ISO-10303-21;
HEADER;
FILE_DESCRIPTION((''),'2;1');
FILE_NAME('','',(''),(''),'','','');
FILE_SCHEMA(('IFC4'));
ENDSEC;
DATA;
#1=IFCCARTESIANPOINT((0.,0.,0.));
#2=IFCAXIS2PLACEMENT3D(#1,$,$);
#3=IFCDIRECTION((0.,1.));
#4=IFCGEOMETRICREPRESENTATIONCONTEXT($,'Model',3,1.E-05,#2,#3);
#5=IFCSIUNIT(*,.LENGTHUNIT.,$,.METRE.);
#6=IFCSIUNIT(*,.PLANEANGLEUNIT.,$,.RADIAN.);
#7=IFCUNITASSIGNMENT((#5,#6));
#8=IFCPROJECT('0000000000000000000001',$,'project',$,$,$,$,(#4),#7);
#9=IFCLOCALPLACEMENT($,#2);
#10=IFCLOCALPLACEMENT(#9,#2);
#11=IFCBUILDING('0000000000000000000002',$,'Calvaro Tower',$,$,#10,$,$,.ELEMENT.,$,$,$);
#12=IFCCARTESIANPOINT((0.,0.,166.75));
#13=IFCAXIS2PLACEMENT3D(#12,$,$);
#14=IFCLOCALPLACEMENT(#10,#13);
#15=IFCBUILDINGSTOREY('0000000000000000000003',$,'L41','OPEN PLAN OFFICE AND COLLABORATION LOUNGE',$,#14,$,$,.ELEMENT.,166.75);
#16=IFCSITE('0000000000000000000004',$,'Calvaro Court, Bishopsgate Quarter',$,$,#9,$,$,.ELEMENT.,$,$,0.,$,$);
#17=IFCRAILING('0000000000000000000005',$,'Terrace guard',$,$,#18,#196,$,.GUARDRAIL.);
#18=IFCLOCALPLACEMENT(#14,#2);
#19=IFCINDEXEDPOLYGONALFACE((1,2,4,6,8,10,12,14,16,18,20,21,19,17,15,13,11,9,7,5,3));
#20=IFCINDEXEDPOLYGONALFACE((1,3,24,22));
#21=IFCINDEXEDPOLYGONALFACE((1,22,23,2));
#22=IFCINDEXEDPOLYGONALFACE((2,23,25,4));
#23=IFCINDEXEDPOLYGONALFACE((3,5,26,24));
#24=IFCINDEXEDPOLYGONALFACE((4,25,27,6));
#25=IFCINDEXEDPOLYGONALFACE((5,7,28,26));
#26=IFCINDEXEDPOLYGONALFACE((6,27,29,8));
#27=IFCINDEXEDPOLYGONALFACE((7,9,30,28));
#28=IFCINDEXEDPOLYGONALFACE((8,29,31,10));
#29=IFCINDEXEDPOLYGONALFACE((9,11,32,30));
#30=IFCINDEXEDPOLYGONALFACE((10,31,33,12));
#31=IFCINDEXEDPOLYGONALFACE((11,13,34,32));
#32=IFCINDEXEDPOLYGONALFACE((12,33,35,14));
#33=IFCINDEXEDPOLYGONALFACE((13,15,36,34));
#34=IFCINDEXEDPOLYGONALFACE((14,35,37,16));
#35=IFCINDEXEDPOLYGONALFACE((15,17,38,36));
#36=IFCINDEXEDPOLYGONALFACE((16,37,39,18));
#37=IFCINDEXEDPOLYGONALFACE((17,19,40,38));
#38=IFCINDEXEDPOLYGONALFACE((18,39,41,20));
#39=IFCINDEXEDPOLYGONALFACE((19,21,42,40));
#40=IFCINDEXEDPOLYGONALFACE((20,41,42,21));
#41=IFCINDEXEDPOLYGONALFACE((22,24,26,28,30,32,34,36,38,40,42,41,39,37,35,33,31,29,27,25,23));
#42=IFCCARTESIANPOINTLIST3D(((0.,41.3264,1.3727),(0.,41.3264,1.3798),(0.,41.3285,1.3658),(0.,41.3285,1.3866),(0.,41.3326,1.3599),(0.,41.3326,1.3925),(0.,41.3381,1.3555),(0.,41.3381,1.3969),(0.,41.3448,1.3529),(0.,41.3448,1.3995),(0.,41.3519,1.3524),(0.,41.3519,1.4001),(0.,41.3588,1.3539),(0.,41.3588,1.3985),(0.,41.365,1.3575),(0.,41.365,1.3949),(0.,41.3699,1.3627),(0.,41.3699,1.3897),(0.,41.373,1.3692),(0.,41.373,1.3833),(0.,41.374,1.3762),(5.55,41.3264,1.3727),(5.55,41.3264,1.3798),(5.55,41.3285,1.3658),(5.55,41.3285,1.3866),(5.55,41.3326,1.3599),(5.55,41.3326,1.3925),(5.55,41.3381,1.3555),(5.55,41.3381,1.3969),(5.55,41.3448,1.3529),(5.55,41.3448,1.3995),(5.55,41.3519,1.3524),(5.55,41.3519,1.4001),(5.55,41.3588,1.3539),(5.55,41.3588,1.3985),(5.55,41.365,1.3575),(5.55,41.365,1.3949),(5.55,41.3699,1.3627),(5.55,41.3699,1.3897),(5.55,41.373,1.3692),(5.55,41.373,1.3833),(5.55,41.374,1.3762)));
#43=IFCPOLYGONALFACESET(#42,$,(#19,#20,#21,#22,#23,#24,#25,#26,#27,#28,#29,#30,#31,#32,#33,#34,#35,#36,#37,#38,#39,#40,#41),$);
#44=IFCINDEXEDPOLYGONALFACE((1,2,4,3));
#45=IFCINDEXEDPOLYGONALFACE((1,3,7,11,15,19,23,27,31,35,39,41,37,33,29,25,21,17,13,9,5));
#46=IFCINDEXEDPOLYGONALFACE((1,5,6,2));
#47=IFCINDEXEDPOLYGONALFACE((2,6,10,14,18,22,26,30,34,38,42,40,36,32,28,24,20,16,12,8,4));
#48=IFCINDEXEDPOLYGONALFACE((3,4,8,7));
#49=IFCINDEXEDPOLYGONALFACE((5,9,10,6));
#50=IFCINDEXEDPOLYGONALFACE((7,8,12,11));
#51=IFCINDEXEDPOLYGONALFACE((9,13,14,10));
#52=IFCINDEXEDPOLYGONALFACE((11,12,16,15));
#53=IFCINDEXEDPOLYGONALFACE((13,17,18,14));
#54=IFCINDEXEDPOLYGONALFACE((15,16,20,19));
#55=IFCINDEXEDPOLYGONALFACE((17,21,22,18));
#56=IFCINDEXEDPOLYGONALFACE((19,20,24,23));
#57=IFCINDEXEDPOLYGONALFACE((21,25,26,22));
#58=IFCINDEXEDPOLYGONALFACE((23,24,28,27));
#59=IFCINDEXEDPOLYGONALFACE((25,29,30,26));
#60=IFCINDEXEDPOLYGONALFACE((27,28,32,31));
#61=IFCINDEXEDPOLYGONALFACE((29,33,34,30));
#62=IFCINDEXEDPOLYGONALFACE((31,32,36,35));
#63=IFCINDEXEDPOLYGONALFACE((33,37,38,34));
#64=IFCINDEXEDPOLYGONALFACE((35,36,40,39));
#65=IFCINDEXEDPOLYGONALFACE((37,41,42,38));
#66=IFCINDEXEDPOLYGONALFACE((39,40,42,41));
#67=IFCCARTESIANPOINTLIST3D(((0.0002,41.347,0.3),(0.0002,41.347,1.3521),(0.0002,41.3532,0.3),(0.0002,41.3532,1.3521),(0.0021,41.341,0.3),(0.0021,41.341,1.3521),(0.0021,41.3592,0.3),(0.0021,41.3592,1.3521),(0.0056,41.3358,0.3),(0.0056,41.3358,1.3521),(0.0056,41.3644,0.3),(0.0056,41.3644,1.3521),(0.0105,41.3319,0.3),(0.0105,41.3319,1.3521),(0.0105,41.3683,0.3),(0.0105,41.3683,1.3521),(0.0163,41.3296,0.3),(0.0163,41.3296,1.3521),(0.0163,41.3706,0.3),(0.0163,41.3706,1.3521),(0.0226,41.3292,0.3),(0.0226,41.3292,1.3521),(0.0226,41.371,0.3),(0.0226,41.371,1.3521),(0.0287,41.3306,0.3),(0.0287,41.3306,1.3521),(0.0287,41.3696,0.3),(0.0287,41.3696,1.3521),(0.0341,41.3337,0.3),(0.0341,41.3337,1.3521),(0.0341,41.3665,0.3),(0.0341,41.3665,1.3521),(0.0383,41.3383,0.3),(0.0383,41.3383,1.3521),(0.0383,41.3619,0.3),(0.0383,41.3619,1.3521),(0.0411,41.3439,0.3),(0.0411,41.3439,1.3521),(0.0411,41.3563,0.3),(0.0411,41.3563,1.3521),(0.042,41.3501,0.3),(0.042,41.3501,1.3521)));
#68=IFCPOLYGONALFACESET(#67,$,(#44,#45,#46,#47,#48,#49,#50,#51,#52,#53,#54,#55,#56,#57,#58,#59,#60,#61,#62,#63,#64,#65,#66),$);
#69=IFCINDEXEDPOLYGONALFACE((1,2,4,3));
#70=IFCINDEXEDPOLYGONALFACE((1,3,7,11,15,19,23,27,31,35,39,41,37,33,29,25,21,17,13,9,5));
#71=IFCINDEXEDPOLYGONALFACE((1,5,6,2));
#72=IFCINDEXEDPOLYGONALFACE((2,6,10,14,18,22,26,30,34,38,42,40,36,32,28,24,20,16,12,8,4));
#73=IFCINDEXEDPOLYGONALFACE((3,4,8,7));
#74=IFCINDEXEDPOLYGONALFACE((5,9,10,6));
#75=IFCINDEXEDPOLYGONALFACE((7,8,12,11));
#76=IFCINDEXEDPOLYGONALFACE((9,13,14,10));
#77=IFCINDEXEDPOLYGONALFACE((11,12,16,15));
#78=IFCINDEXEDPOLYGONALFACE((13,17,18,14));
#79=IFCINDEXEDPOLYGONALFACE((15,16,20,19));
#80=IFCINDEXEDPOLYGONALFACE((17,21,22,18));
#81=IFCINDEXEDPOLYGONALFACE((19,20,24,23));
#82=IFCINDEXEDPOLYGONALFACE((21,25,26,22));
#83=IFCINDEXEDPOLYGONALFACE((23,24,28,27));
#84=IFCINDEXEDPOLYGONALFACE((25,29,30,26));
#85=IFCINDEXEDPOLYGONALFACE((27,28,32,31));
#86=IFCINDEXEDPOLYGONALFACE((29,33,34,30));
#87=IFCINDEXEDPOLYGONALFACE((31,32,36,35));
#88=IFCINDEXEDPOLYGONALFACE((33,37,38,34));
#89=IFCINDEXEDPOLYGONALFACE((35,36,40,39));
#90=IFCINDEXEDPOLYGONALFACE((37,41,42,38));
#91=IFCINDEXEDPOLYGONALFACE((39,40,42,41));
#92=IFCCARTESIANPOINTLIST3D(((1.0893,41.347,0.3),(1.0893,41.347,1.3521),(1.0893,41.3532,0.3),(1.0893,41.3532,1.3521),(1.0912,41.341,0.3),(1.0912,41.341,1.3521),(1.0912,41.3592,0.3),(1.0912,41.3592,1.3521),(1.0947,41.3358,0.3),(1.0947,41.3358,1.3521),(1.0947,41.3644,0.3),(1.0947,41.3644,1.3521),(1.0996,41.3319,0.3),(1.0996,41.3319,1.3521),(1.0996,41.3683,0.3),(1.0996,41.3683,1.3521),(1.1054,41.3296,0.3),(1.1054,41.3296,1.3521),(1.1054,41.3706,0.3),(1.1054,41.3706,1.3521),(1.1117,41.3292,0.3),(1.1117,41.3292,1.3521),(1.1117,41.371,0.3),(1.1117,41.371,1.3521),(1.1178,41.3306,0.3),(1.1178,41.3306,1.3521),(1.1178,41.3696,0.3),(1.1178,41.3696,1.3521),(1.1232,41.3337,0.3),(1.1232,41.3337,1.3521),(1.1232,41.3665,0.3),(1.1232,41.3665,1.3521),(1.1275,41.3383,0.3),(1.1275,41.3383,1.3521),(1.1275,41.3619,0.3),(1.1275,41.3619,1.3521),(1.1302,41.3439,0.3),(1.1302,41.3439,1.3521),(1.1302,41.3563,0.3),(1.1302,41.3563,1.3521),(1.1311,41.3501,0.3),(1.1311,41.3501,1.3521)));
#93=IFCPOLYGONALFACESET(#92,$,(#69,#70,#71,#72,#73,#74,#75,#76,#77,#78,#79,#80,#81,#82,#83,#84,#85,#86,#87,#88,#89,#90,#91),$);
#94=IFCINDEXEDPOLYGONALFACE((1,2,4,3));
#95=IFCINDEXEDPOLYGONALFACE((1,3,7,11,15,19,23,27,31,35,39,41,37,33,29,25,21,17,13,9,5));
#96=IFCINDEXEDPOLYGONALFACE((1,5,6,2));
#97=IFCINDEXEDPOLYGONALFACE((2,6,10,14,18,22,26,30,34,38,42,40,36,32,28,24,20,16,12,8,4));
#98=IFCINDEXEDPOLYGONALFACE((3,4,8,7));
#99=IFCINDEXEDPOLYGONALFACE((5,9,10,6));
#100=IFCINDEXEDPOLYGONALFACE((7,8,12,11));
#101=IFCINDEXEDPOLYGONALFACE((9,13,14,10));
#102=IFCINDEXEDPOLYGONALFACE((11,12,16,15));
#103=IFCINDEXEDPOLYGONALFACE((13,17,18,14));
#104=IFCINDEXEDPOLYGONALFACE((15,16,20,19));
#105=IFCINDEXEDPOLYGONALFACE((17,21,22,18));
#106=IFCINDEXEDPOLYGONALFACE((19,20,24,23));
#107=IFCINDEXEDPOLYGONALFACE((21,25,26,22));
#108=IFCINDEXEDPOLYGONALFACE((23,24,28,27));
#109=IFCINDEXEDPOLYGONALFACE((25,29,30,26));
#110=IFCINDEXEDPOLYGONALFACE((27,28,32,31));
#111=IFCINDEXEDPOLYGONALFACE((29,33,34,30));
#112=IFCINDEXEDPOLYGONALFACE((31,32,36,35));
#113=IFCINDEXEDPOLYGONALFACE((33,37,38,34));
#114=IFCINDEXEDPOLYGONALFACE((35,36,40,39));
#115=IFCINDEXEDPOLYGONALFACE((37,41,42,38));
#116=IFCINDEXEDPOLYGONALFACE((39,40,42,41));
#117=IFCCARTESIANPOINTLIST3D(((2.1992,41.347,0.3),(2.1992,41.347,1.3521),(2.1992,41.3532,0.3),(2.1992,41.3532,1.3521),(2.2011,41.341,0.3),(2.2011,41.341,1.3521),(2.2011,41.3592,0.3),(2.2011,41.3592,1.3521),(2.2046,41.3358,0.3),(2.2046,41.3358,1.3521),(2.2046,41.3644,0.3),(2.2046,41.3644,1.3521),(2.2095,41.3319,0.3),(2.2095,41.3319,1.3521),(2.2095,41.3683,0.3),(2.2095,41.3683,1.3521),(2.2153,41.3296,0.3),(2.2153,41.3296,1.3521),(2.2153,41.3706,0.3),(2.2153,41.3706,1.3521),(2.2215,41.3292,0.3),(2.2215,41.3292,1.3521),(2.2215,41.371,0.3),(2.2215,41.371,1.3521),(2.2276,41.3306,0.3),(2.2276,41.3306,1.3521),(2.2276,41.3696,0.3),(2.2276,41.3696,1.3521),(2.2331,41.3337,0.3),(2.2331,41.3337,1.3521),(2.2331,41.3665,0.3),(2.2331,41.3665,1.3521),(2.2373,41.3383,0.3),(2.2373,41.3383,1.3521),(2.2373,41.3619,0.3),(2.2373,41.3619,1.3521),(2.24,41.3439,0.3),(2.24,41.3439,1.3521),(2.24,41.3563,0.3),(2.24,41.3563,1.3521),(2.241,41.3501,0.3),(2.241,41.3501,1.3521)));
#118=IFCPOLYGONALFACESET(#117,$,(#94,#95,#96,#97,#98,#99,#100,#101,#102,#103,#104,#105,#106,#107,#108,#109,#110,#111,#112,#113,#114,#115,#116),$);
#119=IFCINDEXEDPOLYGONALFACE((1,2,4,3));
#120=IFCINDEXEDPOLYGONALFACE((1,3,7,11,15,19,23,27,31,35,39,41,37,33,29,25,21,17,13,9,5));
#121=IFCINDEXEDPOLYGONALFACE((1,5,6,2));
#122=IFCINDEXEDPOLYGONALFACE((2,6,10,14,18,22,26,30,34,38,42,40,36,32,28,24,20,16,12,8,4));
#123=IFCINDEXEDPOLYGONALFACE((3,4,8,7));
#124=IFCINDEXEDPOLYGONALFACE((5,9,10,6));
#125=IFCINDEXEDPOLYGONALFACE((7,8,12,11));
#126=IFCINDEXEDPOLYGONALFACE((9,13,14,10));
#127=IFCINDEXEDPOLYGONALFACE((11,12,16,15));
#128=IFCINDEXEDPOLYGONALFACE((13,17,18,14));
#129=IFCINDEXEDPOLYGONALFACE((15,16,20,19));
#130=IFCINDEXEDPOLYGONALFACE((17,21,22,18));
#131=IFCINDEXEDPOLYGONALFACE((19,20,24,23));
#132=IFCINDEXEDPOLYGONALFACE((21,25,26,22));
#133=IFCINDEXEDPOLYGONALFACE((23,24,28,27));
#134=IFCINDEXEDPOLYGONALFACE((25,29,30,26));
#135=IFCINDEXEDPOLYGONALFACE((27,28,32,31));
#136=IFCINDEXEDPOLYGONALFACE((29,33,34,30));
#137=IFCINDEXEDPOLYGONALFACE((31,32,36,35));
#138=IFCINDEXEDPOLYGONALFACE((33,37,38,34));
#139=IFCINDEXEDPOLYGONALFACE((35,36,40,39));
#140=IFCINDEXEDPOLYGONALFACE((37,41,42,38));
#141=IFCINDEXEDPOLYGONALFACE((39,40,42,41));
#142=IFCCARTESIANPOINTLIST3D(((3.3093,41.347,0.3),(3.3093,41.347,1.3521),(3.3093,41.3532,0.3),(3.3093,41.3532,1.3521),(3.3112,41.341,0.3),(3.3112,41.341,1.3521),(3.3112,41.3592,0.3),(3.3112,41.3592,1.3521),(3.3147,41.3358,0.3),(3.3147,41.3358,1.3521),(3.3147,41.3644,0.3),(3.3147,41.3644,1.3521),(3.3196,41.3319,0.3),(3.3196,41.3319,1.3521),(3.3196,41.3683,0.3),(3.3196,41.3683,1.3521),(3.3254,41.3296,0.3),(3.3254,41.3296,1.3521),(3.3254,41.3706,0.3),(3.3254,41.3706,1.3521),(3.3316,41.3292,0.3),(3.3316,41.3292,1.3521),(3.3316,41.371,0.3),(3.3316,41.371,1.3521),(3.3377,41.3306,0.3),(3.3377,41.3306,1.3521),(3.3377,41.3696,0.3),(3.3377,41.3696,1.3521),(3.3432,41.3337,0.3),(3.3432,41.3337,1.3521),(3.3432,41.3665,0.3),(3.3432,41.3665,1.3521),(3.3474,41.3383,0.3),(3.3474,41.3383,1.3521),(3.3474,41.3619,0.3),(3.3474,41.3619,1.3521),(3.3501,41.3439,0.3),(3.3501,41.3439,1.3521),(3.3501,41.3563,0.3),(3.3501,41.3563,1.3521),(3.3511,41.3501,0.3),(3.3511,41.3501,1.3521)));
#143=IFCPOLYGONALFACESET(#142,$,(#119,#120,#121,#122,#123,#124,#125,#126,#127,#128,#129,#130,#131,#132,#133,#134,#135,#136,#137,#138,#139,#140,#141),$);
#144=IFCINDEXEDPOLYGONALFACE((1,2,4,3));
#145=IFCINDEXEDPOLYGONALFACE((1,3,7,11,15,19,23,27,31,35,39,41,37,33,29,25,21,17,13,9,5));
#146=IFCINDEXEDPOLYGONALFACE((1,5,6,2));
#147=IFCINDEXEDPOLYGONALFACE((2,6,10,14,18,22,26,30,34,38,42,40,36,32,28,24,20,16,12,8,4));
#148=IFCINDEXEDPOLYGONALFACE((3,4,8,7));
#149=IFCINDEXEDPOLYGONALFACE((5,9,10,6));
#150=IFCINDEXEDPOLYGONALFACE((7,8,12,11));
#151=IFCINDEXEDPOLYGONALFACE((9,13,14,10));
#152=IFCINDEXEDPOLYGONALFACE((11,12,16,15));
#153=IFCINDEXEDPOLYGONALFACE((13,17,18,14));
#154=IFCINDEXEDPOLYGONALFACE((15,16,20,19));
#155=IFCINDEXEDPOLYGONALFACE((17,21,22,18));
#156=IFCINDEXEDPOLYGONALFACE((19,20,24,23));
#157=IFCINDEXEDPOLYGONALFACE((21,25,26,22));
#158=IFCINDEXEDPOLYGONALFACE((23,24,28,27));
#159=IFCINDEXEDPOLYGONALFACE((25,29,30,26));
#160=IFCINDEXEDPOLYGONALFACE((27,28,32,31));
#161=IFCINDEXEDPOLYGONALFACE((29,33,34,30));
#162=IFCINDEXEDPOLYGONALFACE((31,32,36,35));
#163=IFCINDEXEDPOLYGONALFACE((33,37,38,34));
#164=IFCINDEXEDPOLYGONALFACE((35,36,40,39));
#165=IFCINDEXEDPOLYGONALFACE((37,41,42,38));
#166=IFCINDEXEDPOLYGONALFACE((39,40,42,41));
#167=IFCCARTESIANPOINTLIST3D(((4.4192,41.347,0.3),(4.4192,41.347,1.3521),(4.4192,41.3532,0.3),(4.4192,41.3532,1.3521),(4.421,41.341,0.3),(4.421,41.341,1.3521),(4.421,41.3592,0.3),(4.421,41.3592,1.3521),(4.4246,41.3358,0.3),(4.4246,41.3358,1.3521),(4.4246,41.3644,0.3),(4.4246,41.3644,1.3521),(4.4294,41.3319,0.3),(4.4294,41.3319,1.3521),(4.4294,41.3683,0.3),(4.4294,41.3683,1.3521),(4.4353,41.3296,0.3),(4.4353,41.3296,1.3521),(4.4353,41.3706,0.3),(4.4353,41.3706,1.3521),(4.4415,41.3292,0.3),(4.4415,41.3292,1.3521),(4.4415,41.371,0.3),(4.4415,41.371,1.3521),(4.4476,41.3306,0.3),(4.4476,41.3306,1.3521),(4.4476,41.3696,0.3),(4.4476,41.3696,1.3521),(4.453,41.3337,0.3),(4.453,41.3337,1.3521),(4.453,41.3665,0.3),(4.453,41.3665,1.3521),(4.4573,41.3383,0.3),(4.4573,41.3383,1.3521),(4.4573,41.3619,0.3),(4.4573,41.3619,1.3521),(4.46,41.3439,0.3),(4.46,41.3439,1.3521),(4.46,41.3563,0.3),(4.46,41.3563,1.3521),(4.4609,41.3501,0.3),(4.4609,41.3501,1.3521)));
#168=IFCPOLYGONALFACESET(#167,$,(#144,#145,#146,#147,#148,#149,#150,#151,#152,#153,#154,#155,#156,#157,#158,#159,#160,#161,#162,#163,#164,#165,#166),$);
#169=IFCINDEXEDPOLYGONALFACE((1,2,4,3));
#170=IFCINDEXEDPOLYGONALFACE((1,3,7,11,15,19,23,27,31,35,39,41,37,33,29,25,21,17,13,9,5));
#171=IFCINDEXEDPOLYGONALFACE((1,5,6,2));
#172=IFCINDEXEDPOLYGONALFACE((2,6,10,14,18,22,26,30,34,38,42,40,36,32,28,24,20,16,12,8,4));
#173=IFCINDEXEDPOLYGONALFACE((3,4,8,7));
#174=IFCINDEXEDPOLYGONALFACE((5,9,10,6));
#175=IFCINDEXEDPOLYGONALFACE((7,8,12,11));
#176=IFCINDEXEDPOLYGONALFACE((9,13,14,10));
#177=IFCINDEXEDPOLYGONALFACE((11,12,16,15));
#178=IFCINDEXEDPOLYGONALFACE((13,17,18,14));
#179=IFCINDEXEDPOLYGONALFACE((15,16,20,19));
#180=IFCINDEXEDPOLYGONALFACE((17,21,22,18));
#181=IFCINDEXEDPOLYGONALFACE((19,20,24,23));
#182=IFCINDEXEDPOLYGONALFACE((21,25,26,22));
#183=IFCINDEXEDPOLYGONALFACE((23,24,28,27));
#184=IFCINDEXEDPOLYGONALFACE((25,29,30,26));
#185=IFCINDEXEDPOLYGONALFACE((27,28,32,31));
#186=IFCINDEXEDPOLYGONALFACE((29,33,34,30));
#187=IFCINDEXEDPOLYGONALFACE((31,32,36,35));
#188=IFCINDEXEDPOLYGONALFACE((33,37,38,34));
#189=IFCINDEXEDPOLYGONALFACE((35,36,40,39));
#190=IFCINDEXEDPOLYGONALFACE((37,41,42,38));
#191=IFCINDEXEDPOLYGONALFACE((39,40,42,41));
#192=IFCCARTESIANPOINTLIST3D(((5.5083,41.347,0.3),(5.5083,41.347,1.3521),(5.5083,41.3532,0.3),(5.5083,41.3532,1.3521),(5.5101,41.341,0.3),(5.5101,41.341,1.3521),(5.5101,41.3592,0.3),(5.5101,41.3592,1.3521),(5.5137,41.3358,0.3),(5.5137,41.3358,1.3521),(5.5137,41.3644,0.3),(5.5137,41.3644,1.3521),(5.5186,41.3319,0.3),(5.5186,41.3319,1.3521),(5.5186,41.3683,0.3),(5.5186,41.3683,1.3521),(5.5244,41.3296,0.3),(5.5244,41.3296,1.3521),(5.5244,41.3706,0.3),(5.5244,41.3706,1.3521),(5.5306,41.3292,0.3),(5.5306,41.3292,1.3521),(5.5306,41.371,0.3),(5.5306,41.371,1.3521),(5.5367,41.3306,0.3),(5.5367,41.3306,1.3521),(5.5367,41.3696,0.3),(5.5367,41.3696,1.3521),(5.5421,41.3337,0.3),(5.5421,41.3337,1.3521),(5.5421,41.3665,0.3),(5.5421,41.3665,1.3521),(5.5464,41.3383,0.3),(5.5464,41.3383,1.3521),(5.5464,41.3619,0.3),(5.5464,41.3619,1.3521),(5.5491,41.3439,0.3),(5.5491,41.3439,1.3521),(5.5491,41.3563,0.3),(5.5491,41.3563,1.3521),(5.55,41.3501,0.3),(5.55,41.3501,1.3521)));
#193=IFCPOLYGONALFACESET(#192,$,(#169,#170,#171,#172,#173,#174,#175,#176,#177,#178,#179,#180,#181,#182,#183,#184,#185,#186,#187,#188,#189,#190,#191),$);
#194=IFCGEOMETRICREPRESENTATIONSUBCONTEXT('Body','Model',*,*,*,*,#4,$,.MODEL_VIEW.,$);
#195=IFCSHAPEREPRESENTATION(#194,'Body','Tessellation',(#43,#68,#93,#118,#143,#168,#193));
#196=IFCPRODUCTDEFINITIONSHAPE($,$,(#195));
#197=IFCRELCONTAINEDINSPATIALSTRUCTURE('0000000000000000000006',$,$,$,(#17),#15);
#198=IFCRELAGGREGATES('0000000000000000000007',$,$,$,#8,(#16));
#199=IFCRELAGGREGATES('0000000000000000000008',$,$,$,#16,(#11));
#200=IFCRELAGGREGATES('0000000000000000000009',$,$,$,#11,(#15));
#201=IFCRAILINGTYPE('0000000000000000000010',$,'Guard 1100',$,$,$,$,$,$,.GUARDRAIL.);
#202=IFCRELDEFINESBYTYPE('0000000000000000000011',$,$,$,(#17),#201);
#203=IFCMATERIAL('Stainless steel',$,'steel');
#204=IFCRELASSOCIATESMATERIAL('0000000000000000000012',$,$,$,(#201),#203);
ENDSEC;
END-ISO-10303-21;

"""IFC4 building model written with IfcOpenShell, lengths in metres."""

from ifc_helpers import new_model, si_unit, direction, frame, origin, origin_2d, place, context, subcontext, project, spatial, circle, extrude, material, type_object, element, save


model = new_model("IFC4")

# Units and contexts
model_context = context("Model", 3, precision=1e-05, world=origin(), true_north=direction((0.0, 1.0)))
body_context = subcontext(model_context, "Body", "Model", "MODEL_VIEW")
ifc_project = project(units=[si_unit("LENGTHUNIT", "METRE"), si_unit("PLANEANGLEUNIT", "RADIAN")], contexts=[model_context])

# Site, building, storey
site_placement = place(None, origin())
site = spatial("IfcSite", under=ifc_project, at=site_placement, Name="Calvaro Court, Bishopsgate Quarter", CompositionType="ELEMENT", RefElevation=0.0)
building_placement = place(site_placement, origin())
building = spatial("IfcBuilding", under=site, at=building_placement, Name="Calvaro Tower", CompositionType="ELEMENT")
storey_placement = place(building_placement, frame((0.0, 0.0, 166.75)))
storey = spatial("IfcBuildingStorey", under=building, at=storey_placement, Name="L41", Description="OPEN PLAN OFFICE AND COLLABORATION LOUNGE", CompositionType="ELEMENT", Elevation=166.75)

# Railing
ifc_material_1 = material(Name="Stainless steel", Category="steel")
railing_type = type_object("IfcRailingType", Name="Guard 1100", PredefinedType="GUARDRAIL", material=ifc_material_1)
railing_1_placement = place(storey_placement, frame((0.0, 41.3501, 0.3)))
element("IfcRailing", 1, at=railing_1_placement, inside=storey, type_object=railing_type, Name="Terrace guard", PredefinedType="GUARDRAIL", context=body_context, shape_type="SweptSolid", body=[
    extrude(circle(Radius=0.0239, at=origin_2d()), frame((0.0, 0.0, 1.0762), z_axis=(1.0, 0.0, 0.0), x_axis=(0.0, 1.0, 0.0)), (0.0, 0.0, 1.0), 5.55),
    extrude(circle(Radius=0.021, at=origin_2d()), frame((0.021, 0.0, 0.0)), (0.0, 0.0, 1.0), 1.052),
    extrude(circle(Radius=0.021, at=origin_2d()), frame((1.1101, 0.0, 0.0)), (0.0, 0.0, 1.0), 1.052),
    extrude(circle(Radius=0.021, at=origin_2d()), frame((2.22, 0.0, 0.0)), (0.0, 0.0, 1.0), 1.052),
    extrude(circle(Radius=0.021, at=origin_2d()), frame((3.3301, 0.0, 0.0)), (0.0, 0.0, 1.0), 1.052),
    extrude(circle(Radius=0.021, at=origin_2d()), frame((4.4399, 0.0, 0.0)), (0.0, 0.0, 1.0), 1.052),
    extrude(circle(Radius=0.021, at=origin_2d()), frame((5.5291, 0.0, 0.0)), (0.0, 0.0, 1.0), 1.052),
])

save(model, "model.ifc")
